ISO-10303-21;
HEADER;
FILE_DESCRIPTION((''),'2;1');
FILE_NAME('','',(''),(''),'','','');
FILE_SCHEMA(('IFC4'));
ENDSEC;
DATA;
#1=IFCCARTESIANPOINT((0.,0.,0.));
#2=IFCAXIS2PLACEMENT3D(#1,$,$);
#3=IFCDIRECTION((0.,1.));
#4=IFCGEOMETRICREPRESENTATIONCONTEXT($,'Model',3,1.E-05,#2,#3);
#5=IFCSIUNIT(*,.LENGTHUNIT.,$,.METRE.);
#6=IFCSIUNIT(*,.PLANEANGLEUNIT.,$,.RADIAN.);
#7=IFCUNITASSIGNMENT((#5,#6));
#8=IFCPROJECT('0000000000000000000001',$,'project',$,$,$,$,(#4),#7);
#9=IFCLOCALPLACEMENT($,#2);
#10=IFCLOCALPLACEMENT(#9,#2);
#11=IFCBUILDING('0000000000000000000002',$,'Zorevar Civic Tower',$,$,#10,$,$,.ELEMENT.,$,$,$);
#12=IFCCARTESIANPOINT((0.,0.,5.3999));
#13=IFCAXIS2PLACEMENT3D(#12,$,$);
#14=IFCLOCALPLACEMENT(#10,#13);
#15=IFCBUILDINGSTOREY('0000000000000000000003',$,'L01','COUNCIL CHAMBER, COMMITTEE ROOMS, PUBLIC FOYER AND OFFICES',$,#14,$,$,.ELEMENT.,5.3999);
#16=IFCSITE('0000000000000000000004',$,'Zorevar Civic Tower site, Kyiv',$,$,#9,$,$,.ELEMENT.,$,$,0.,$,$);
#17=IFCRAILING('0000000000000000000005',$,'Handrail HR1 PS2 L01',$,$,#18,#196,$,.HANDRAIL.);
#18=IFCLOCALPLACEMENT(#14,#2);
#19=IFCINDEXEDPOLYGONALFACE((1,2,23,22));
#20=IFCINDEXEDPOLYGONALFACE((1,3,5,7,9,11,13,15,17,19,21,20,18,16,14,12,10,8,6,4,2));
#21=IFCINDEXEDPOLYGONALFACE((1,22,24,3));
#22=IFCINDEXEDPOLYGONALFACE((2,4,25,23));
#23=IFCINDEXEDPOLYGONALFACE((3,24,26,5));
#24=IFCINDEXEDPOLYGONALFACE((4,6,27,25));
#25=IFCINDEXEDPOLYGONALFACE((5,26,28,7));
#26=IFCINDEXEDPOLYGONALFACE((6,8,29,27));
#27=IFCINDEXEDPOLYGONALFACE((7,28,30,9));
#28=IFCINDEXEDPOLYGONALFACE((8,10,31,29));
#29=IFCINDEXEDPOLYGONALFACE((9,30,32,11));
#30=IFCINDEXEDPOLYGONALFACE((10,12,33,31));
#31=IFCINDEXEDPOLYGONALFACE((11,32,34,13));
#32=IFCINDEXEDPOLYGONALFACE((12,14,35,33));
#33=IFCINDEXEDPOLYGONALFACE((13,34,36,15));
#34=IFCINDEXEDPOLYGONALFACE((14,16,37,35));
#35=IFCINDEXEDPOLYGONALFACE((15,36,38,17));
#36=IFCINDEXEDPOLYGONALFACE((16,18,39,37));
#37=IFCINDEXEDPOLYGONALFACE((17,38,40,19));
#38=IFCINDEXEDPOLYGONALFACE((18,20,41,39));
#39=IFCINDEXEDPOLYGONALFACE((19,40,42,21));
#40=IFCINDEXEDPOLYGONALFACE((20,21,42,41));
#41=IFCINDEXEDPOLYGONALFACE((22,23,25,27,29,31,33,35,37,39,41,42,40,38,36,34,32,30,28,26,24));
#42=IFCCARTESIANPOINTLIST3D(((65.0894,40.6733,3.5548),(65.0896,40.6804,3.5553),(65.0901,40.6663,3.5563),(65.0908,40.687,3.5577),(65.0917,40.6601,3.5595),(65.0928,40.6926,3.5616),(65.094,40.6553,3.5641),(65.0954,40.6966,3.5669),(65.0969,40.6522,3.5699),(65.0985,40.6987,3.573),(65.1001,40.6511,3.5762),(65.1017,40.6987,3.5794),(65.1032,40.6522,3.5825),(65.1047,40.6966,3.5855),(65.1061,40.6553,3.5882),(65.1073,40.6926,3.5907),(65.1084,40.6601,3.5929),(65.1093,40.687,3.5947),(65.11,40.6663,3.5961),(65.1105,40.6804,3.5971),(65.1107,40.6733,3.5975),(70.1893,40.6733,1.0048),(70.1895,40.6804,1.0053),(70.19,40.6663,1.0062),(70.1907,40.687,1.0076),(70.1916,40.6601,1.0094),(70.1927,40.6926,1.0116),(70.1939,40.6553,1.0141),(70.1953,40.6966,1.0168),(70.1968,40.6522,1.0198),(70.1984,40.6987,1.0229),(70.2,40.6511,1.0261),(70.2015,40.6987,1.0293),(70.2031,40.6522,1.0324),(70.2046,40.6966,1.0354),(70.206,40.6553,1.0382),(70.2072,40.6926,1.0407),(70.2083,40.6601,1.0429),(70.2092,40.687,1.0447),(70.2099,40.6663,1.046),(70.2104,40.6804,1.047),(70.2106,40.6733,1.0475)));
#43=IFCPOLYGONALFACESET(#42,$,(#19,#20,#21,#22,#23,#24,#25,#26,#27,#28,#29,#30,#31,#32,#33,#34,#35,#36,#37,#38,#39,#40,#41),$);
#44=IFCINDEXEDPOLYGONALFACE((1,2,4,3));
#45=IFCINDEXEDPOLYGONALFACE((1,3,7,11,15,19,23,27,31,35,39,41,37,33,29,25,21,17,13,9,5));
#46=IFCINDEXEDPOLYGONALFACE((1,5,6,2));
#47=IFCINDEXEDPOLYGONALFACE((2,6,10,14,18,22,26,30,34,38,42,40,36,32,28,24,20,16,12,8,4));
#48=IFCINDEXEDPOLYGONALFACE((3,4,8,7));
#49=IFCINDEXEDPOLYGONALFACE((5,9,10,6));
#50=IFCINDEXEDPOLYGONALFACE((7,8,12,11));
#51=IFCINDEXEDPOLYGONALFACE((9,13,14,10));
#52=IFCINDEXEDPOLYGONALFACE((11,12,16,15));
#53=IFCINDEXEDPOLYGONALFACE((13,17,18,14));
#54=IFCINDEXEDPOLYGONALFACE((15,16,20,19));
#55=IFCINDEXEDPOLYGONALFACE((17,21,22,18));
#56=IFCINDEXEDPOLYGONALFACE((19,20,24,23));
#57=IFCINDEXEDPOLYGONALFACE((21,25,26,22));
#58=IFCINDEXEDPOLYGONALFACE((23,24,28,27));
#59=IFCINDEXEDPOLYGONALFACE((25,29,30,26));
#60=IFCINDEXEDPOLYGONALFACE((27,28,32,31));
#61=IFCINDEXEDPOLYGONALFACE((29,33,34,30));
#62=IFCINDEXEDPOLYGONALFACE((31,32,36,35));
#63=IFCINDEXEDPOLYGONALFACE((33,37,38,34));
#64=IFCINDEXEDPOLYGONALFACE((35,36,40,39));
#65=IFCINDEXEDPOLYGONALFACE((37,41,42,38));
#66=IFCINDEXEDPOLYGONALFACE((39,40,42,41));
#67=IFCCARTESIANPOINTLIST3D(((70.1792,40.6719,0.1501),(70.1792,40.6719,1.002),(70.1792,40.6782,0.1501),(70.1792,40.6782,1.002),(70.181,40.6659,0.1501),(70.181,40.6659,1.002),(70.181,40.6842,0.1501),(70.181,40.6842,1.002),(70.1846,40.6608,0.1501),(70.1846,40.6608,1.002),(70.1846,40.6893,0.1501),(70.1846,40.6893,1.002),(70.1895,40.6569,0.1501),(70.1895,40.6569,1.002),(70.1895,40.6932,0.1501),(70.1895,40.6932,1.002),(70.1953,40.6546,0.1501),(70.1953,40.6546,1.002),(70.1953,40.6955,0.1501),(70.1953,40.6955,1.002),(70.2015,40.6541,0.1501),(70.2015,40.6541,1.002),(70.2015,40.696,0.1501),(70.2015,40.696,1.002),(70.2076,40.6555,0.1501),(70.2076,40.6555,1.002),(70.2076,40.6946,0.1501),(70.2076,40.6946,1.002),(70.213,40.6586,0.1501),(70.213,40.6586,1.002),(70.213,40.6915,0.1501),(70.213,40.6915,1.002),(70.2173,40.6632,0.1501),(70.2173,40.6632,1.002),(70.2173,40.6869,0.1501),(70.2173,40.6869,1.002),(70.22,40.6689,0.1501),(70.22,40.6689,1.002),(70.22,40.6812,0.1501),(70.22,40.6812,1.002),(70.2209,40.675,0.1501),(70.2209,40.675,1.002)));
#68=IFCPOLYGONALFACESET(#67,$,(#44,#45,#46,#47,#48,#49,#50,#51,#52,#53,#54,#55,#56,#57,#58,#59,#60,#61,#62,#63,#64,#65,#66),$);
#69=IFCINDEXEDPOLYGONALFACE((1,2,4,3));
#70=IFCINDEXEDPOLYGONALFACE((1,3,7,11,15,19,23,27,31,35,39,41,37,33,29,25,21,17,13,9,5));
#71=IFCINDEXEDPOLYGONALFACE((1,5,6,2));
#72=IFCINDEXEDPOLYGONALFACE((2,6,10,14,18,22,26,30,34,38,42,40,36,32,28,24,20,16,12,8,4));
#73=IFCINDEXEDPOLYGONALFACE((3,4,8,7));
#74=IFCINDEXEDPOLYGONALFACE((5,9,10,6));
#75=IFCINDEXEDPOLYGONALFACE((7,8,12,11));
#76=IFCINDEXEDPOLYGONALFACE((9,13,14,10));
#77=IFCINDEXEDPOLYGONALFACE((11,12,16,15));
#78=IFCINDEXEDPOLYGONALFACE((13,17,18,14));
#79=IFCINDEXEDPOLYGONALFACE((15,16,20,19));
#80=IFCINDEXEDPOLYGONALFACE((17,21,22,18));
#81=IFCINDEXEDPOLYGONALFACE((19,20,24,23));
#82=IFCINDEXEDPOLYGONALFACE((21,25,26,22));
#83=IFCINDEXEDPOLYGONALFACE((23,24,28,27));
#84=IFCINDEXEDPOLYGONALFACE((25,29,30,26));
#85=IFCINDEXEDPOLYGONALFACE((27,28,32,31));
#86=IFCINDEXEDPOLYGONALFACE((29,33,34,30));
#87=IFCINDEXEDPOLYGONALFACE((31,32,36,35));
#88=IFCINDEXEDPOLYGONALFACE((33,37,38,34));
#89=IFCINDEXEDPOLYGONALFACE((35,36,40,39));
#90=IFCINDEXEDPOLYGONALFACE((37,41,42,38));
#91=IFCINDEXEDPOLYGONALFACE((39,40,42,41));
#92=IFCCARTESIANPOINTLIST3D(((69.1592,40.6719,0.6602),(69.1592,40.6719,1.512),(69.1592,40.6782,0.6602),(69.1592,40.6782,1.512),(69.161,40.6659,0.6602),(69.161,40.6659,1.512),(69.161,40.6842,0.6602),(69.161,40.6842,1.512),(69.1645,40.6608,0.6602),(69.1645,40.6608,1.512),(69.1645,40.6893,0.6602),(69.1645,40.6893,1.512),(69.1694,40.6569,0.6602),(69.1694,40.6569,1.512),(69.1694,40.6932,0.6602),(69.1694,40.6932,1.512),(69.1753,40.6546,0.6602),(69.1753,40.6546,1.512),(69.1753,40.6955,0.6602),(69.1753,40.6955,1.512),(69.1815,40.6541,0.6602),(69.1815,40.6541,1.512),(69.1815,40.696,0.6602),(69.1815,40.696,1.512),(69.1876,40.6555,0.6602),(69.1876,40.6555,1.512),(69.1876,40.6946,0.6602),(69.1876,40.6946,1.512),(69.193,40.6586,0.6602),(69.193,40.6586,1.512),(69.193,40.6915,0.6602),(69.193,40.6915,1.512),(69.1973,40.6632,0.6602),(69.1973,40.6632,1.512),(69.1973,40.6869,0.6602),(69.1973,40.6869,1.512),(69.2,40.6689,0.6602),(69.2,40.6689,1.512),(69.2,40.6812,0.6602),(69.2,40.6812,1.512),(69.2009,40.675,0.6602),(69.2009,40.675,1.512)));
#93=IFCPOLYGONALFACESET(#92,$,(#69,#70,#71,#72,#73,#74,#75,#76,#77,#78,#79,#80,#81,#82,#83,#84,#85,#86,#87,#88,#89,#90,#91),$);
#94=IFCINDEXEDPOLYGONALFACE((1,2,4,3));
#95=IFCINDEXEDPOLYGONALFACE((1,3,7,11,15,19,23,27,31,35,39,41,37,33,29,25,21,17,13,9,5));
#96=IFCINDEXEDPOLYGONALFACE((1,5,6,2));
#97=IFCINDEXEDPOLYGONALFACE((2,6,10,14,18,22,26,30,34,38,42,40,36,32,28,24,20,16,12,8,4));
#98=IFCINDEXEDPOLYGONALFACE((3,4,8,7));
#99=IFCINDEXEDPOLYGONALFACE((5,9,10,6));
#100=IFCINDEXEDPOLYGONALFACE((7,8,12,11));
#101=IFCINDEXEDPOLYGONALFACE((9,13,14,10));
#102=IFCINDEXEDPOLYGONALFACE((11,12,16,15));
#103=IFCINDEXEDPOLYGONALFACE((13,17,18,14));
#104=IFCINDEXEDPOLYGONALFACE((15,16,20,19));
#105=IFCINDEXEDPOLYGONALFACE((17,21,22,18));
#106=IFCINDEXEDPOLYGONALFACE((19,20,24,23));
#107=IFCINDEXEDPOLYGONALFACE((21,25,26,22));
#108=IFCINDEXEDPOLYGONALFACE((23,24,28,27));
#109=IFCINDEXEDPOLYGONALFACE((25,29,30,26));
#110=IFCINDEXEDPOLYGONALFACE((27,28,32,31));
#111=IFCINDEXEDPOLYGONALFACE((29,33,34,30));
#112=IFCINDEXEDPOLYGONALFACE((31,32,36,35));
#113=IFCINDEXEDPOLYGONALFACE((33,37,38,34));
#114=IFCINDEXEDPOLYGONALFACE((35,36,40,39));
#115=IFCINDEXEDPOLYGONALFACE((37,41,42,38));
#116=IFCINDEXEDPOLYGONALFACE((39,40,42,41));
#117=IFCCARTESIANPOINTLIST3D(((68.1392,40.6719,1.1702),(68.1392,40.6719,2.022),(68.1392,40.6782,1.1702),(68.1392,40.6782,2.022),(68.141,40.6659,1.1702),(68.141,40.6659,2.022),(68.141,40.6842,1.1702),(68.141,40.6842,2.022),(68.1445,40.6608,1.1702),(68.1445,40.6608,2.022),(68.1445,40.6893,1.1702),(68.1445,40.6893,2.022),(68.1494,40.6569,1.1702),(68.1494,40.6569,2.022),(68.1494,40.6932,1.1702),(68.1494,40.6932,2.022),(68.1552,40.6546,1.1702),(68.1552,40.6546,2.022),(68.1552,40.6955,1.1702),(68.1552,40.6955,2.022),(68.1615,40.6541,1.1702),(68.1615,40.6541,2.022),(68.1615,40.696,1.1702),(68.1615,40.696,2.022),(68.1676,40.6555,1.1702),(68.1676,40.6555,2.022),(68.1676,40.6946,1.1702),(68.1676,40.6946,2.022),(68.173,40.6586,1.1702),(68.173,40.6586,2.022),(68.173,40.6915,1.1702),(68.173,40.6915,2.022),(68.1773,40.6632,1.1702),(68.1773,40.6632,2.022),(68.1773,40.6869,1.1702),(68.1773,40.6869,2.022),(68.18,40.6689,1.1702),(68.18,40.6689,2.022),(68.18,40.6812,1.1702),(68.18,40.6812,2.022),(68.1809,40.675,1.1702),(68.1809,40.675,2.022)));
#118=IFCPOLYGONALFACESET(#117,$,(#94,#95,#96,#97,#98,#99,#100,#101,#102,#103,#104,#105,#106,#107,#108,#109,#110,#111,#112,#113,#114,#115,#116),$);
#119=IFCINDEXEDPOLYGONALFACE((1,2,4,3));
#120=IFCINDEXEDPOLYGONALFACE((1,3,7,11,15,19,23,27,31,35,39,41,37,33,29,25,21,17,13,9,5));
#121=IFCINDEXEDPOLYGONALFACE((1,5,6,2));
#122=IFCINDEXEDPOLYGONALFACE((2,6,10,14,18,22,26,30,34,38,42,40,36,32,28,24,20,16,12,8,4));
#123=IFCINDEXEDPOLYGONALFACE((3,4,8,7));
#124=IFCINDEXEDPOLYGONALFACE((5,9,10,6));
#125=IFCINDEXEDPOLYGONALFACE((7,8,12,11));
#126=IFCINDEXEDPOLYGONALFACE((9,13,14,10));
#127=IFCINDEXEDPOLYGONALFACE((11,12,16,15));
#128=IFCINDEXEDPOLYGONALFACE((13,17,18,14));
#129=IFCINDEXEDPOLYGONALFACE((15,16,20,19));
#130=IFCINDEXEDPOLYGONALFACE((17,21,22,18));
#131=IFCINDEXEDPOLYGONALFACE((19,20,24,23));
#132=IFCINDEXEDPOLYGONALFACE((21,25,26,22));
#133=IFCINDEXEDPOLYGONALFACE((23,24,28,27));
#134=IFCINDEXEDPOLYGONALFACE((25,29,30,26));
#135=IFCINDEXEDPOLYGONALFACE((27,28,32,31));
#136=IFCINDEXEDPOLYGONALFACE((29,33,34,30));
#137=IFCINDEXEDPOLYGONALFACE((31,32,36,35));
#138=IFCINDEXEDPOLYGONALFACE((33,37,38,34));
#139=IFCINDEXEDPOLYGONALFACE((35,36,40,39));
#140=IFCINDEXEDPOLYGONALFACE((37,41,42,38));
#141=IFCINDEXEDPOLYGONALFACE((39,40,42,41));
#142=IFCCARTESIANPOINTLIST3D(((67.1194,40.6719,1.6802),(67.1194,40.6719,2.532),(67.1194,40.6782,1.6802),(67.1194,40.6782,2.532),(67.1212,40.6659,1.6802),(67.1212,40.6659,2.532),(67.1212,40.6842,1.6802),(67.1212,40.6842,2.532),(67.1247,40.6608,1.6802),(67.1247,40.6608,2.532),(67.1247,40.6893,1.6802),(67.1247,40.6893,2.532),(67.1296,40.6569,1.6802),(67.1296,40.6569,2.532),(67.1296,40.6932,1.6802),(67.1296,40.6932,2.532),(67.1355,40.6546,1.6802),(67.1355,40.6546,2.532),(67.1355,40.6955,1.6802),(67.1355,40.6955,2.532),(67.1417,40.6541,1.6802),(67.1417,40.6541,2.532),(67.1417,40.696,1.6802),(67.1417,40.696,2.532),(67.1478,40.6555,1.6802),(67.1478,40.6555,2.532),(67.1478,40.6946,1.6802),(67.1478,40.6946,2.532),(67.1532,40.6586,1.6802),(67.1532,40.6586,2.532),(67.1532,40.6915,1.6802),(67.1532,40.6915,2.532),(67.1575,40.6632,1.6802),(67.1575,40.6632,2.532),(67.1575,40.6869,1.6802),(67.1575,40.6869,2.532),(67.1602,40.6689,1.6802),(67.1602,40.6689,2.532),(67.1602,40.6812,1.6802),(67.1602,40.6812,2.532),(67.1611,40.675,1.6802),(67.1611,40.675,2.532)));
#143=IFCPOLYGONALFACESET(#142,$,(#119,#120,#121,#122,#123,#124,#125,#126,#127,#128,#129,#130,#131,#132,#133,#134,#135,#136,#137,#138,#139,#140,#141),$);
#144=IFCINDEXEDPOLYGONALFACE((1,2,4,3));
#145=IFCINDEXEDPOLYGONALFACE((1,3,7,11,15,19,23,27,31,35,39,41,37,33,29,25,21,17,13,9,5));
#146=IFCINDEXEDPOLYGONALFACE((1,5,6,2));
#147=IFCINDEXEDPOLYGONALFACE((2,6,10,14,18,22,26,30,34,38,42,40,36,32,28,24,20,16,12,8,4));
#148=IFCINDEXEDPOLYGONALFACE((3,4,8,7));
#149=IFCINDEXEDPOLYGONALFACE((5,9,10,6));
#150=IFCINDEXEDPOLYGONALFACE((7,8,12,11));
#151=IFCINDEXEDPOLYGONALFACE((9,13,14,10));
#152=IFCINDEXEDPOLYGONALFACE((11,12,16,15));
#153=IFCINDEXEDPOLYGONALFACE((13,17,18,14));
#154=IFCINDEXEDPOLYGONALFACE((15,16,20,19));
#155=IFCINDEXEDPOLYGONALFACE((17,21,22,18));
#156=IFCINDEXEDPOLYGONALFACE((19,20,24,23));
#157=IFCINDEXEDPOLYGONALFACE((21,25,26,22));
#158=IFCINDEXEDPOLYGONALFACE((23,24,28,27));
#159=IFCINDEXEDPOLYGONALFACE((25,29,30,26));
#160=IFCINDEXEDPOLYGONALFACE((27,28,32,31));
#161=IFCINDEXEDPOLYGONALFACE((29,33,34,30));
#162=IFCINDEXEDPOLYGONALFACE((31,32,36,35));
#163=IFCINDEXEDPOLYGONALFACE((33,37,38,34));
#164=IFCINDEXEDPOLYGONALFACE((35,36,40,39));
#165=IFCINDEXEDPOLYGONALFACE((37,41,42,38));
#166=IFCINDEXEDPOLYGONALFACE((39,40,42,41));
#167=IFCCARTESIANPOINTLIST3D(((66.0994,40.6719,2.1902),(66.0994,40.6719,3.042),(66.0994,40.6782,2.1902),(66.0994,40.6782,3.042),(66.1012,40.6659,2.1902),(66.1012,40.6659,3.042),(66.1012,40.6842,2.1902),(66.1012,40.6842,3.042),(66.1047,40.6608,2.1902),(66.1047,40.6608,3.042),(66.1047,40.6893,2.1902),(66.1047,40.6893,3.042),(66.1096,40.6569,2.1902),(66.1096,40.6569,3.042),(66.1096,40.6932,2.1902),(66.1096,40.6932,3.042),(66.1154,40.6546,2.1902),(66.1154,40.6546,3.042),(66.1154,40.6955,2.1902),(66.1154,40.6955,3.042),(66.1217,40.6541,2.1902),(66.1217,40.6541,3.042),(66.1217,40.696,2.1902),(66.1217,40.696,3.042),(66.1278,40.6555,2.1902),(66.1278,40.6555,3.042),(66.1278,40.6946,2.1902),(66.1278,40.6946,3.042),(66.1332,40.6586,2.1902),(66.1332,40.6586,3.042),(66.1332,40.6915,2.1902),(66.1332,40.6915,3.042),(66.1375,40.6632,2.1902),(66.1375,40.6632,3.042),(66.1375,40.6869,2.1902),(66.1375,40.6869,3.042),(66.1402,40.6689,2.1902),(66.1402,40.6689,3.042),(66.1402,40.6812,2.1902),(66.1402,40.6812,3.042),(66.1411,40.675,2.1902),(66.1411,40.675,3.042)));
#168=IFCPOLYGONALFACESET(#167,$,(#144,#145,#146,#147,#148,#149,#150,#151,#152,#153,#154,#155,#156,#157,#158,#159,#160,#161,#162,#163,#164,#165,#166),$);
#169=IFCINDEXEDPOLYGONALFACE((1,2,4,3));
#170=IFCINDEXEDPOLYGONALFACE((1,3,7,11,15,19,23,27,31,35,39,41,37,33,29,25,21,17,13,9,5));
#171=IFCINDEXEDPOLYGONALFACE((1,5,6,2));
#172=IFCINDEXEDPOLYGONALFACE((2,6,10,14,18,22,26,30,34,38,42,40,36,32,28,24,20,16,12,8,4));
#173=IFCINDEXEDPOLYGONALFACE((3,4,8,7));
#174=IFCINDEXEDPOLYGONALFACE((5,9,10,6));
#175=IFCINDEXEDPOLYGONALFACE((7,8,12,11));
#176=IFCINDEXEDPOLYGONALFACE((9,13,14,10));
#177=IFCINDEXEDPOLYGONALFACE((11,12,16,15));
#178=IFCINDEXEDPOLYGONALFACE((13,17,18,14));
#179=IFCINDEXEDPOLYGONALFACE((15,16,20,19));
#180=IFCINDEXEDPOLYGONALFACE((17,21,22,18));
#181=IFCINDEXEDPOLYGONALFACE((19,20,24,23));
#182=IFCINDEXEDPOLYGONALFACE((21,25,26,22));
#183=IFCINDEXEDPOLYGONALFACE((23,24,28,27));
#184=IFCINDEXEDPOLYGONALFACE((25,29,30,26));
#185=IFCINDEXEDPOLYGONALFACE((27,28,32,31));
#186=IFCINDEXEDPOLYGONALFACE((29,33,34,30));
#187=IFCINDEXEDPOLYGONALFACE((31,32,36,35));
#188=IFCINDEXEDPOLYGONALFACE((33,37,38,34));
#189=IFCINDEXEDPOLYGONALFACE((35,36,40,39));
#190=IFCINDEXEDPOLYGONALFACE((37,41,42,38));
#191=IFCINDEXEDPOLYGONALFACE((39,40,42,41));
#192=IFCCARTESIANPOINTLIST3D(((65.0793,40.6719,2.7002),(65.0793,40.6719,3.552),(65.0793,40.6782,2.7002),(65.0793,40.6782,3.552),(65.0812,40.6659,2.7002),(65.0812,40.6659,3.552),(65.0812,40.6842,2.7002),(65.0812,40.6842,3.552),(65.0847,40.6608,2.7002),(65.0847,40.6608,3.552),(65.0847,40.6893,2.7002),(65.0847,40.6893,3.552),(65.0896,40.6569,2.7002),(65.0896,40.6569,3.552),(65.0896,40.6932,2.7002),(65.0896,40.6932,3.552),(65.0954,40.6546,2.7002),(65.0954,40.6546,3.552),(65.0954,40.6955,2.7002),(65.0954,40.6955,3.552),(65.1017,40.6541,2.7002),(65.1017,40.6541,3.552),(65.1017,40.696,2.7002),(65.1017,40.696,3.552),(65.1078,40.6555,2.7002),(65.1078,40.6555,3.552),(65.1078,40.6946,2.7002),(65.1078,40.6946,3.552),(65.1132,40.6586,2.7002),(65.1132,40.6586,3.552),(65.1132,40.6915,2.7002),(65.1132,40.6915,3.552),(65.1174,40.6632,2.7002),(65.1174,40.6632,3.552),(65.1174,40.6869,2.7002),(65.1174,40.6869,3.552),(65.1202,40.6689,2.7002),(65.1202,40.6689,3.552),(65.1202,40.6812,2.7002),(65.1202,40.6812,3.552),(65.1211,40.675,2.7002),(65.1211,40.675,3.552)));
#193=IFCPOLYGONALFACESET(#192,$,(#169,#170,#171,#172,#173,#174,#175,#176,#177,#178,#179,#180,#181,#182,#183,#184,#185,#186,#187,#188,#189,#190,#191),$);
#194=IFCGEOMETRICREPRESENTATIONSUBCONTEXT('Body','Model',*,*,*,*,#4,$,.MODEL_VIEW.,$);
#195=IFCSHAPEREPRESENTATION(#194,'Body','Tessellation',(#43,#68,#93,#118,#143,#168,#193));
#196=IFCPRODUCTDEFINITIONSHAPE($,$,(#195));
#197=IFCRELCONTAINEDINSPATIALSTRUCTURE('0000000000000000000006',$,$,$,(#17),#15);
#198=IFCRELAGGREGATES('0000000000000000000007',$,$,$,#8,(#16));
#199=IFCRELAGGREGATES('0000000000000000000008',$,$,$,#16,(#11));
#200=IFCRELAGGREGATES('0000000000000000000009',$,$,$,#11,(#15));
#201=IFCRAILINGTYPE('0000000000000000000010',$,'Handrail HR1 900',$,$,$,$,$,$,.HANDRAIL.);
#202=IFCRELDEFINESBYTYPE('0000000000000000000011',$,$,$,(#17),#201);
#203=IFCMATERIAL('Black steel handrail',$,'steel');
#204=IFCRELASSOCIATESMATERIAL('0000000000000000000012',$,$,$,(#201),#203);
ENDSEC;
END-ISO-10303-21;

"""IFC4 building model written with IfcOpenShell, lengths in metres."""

from ifc_helpers import new_model, si_unit, direction, frame, origin, origin_2d, place, context, subcontext, project, spatial, circle, extrude, material, type_object, element, save


model = new_model("IFC4")

# Units and contexts
model_context = context("Model", 3, precision=1e-05, world=origin(), true_north=direction((0.0, 1.0)))
body_context = subcontext(model_context, "Body", "Model", "MODEL_VIEW")
ifc_project = project(units=[si_unit("LENGTHUNIT", "METRE"), si_unit("PLANEANGLEUNIT", "RADIAN")], contexts=[model_context])

# Site, building, storey
site_placement = place(None, origin())
site = spatial("IfcSite", under=ifc_project, at=site_placement, Name="Zorevar Civic Tower site, Kyiv", CompositionType="ELEMENT", RefElevation=0.0)
building_placement = place(site_placement, origin())
building = spatial("IfcBuilding", under=site, at=building_placement, Name="Zorevar Civic Tower", CompositionType="ELEMENT")
storey_placement = place(building_placement, frame((0.0, 0.0, 5.3999)))
storey = spatial("IfcBuildingStorey", under=building, at=storey_placement, Name="L01", Description="COUNCIL CHAMBER, COMMITTEE ROOMS, PUBLIC FOYER AND OFFICES", CompositionType="ELEMENT", Elevation=5.3999)

# Railing
ifc_material_1 = material(Name="Black steel handrail", Category="steel")
railing_type = type_object("IfcRailingType", Name="Handrail HR1 900", PredefinedType="HANDRAIL", material=ifc_material_1)
railing_1_placement = place(storey_placement, frame((70.2, 40.675, 0.1501)))
element("IfcRailing", 1, at=railing_1_placement, inside=storey, type_object=railing_type, Name="Handrail HR1 PS2 L01", PredefinedType="HANDRAIL", context=body_context, shape_type="SweptSolid", body=[
    extrude(circle(Radius=0.0239, at=origin_2d()), frame((0.0, 0.0, 0.876), z_axis=(-0.894419, 0.0, 0.447231), x_axis=(0.0, -1.0, 0.0)), (0.0, 0.0, 1.0), 5.7019),
    extrude(circle(Radius=0.021, at=origin_2d()), origin(), (0.0, 0.0, 1.0), 0.8518),
    extrude(circle(Radius=0.021, at=origin_2d()), frame((-1.02, 0.0, 0.51)), (0.0, 0.0, 1.0), 0.8518),
    extrude(circle(Radius=0.021, at=origin_2d()), frame((-2.04, 0.0, 1.02)), (0.0, 0.0, 1.0), 0.8518),
    extrude(circle(Radius=0.021, at=origin_2d()), frame((-3.0598, 0.0, 1.53)), (0.0, 0.0, 1.0), 0.8518),
    extrude(circle(Radius=0.021, at=origin_2d()), frame((-4.0798, 0.0, 2.04)), (0.0, 0.0, 1.0), 0.8518),
    extrude(circle(Radius=0.021, at=origin_2d()), frame((-5.0999, 0.0, 2.55)), (0.0, 0.0, 1.0), 0.8518),
])

save(model, "model.ifc")
